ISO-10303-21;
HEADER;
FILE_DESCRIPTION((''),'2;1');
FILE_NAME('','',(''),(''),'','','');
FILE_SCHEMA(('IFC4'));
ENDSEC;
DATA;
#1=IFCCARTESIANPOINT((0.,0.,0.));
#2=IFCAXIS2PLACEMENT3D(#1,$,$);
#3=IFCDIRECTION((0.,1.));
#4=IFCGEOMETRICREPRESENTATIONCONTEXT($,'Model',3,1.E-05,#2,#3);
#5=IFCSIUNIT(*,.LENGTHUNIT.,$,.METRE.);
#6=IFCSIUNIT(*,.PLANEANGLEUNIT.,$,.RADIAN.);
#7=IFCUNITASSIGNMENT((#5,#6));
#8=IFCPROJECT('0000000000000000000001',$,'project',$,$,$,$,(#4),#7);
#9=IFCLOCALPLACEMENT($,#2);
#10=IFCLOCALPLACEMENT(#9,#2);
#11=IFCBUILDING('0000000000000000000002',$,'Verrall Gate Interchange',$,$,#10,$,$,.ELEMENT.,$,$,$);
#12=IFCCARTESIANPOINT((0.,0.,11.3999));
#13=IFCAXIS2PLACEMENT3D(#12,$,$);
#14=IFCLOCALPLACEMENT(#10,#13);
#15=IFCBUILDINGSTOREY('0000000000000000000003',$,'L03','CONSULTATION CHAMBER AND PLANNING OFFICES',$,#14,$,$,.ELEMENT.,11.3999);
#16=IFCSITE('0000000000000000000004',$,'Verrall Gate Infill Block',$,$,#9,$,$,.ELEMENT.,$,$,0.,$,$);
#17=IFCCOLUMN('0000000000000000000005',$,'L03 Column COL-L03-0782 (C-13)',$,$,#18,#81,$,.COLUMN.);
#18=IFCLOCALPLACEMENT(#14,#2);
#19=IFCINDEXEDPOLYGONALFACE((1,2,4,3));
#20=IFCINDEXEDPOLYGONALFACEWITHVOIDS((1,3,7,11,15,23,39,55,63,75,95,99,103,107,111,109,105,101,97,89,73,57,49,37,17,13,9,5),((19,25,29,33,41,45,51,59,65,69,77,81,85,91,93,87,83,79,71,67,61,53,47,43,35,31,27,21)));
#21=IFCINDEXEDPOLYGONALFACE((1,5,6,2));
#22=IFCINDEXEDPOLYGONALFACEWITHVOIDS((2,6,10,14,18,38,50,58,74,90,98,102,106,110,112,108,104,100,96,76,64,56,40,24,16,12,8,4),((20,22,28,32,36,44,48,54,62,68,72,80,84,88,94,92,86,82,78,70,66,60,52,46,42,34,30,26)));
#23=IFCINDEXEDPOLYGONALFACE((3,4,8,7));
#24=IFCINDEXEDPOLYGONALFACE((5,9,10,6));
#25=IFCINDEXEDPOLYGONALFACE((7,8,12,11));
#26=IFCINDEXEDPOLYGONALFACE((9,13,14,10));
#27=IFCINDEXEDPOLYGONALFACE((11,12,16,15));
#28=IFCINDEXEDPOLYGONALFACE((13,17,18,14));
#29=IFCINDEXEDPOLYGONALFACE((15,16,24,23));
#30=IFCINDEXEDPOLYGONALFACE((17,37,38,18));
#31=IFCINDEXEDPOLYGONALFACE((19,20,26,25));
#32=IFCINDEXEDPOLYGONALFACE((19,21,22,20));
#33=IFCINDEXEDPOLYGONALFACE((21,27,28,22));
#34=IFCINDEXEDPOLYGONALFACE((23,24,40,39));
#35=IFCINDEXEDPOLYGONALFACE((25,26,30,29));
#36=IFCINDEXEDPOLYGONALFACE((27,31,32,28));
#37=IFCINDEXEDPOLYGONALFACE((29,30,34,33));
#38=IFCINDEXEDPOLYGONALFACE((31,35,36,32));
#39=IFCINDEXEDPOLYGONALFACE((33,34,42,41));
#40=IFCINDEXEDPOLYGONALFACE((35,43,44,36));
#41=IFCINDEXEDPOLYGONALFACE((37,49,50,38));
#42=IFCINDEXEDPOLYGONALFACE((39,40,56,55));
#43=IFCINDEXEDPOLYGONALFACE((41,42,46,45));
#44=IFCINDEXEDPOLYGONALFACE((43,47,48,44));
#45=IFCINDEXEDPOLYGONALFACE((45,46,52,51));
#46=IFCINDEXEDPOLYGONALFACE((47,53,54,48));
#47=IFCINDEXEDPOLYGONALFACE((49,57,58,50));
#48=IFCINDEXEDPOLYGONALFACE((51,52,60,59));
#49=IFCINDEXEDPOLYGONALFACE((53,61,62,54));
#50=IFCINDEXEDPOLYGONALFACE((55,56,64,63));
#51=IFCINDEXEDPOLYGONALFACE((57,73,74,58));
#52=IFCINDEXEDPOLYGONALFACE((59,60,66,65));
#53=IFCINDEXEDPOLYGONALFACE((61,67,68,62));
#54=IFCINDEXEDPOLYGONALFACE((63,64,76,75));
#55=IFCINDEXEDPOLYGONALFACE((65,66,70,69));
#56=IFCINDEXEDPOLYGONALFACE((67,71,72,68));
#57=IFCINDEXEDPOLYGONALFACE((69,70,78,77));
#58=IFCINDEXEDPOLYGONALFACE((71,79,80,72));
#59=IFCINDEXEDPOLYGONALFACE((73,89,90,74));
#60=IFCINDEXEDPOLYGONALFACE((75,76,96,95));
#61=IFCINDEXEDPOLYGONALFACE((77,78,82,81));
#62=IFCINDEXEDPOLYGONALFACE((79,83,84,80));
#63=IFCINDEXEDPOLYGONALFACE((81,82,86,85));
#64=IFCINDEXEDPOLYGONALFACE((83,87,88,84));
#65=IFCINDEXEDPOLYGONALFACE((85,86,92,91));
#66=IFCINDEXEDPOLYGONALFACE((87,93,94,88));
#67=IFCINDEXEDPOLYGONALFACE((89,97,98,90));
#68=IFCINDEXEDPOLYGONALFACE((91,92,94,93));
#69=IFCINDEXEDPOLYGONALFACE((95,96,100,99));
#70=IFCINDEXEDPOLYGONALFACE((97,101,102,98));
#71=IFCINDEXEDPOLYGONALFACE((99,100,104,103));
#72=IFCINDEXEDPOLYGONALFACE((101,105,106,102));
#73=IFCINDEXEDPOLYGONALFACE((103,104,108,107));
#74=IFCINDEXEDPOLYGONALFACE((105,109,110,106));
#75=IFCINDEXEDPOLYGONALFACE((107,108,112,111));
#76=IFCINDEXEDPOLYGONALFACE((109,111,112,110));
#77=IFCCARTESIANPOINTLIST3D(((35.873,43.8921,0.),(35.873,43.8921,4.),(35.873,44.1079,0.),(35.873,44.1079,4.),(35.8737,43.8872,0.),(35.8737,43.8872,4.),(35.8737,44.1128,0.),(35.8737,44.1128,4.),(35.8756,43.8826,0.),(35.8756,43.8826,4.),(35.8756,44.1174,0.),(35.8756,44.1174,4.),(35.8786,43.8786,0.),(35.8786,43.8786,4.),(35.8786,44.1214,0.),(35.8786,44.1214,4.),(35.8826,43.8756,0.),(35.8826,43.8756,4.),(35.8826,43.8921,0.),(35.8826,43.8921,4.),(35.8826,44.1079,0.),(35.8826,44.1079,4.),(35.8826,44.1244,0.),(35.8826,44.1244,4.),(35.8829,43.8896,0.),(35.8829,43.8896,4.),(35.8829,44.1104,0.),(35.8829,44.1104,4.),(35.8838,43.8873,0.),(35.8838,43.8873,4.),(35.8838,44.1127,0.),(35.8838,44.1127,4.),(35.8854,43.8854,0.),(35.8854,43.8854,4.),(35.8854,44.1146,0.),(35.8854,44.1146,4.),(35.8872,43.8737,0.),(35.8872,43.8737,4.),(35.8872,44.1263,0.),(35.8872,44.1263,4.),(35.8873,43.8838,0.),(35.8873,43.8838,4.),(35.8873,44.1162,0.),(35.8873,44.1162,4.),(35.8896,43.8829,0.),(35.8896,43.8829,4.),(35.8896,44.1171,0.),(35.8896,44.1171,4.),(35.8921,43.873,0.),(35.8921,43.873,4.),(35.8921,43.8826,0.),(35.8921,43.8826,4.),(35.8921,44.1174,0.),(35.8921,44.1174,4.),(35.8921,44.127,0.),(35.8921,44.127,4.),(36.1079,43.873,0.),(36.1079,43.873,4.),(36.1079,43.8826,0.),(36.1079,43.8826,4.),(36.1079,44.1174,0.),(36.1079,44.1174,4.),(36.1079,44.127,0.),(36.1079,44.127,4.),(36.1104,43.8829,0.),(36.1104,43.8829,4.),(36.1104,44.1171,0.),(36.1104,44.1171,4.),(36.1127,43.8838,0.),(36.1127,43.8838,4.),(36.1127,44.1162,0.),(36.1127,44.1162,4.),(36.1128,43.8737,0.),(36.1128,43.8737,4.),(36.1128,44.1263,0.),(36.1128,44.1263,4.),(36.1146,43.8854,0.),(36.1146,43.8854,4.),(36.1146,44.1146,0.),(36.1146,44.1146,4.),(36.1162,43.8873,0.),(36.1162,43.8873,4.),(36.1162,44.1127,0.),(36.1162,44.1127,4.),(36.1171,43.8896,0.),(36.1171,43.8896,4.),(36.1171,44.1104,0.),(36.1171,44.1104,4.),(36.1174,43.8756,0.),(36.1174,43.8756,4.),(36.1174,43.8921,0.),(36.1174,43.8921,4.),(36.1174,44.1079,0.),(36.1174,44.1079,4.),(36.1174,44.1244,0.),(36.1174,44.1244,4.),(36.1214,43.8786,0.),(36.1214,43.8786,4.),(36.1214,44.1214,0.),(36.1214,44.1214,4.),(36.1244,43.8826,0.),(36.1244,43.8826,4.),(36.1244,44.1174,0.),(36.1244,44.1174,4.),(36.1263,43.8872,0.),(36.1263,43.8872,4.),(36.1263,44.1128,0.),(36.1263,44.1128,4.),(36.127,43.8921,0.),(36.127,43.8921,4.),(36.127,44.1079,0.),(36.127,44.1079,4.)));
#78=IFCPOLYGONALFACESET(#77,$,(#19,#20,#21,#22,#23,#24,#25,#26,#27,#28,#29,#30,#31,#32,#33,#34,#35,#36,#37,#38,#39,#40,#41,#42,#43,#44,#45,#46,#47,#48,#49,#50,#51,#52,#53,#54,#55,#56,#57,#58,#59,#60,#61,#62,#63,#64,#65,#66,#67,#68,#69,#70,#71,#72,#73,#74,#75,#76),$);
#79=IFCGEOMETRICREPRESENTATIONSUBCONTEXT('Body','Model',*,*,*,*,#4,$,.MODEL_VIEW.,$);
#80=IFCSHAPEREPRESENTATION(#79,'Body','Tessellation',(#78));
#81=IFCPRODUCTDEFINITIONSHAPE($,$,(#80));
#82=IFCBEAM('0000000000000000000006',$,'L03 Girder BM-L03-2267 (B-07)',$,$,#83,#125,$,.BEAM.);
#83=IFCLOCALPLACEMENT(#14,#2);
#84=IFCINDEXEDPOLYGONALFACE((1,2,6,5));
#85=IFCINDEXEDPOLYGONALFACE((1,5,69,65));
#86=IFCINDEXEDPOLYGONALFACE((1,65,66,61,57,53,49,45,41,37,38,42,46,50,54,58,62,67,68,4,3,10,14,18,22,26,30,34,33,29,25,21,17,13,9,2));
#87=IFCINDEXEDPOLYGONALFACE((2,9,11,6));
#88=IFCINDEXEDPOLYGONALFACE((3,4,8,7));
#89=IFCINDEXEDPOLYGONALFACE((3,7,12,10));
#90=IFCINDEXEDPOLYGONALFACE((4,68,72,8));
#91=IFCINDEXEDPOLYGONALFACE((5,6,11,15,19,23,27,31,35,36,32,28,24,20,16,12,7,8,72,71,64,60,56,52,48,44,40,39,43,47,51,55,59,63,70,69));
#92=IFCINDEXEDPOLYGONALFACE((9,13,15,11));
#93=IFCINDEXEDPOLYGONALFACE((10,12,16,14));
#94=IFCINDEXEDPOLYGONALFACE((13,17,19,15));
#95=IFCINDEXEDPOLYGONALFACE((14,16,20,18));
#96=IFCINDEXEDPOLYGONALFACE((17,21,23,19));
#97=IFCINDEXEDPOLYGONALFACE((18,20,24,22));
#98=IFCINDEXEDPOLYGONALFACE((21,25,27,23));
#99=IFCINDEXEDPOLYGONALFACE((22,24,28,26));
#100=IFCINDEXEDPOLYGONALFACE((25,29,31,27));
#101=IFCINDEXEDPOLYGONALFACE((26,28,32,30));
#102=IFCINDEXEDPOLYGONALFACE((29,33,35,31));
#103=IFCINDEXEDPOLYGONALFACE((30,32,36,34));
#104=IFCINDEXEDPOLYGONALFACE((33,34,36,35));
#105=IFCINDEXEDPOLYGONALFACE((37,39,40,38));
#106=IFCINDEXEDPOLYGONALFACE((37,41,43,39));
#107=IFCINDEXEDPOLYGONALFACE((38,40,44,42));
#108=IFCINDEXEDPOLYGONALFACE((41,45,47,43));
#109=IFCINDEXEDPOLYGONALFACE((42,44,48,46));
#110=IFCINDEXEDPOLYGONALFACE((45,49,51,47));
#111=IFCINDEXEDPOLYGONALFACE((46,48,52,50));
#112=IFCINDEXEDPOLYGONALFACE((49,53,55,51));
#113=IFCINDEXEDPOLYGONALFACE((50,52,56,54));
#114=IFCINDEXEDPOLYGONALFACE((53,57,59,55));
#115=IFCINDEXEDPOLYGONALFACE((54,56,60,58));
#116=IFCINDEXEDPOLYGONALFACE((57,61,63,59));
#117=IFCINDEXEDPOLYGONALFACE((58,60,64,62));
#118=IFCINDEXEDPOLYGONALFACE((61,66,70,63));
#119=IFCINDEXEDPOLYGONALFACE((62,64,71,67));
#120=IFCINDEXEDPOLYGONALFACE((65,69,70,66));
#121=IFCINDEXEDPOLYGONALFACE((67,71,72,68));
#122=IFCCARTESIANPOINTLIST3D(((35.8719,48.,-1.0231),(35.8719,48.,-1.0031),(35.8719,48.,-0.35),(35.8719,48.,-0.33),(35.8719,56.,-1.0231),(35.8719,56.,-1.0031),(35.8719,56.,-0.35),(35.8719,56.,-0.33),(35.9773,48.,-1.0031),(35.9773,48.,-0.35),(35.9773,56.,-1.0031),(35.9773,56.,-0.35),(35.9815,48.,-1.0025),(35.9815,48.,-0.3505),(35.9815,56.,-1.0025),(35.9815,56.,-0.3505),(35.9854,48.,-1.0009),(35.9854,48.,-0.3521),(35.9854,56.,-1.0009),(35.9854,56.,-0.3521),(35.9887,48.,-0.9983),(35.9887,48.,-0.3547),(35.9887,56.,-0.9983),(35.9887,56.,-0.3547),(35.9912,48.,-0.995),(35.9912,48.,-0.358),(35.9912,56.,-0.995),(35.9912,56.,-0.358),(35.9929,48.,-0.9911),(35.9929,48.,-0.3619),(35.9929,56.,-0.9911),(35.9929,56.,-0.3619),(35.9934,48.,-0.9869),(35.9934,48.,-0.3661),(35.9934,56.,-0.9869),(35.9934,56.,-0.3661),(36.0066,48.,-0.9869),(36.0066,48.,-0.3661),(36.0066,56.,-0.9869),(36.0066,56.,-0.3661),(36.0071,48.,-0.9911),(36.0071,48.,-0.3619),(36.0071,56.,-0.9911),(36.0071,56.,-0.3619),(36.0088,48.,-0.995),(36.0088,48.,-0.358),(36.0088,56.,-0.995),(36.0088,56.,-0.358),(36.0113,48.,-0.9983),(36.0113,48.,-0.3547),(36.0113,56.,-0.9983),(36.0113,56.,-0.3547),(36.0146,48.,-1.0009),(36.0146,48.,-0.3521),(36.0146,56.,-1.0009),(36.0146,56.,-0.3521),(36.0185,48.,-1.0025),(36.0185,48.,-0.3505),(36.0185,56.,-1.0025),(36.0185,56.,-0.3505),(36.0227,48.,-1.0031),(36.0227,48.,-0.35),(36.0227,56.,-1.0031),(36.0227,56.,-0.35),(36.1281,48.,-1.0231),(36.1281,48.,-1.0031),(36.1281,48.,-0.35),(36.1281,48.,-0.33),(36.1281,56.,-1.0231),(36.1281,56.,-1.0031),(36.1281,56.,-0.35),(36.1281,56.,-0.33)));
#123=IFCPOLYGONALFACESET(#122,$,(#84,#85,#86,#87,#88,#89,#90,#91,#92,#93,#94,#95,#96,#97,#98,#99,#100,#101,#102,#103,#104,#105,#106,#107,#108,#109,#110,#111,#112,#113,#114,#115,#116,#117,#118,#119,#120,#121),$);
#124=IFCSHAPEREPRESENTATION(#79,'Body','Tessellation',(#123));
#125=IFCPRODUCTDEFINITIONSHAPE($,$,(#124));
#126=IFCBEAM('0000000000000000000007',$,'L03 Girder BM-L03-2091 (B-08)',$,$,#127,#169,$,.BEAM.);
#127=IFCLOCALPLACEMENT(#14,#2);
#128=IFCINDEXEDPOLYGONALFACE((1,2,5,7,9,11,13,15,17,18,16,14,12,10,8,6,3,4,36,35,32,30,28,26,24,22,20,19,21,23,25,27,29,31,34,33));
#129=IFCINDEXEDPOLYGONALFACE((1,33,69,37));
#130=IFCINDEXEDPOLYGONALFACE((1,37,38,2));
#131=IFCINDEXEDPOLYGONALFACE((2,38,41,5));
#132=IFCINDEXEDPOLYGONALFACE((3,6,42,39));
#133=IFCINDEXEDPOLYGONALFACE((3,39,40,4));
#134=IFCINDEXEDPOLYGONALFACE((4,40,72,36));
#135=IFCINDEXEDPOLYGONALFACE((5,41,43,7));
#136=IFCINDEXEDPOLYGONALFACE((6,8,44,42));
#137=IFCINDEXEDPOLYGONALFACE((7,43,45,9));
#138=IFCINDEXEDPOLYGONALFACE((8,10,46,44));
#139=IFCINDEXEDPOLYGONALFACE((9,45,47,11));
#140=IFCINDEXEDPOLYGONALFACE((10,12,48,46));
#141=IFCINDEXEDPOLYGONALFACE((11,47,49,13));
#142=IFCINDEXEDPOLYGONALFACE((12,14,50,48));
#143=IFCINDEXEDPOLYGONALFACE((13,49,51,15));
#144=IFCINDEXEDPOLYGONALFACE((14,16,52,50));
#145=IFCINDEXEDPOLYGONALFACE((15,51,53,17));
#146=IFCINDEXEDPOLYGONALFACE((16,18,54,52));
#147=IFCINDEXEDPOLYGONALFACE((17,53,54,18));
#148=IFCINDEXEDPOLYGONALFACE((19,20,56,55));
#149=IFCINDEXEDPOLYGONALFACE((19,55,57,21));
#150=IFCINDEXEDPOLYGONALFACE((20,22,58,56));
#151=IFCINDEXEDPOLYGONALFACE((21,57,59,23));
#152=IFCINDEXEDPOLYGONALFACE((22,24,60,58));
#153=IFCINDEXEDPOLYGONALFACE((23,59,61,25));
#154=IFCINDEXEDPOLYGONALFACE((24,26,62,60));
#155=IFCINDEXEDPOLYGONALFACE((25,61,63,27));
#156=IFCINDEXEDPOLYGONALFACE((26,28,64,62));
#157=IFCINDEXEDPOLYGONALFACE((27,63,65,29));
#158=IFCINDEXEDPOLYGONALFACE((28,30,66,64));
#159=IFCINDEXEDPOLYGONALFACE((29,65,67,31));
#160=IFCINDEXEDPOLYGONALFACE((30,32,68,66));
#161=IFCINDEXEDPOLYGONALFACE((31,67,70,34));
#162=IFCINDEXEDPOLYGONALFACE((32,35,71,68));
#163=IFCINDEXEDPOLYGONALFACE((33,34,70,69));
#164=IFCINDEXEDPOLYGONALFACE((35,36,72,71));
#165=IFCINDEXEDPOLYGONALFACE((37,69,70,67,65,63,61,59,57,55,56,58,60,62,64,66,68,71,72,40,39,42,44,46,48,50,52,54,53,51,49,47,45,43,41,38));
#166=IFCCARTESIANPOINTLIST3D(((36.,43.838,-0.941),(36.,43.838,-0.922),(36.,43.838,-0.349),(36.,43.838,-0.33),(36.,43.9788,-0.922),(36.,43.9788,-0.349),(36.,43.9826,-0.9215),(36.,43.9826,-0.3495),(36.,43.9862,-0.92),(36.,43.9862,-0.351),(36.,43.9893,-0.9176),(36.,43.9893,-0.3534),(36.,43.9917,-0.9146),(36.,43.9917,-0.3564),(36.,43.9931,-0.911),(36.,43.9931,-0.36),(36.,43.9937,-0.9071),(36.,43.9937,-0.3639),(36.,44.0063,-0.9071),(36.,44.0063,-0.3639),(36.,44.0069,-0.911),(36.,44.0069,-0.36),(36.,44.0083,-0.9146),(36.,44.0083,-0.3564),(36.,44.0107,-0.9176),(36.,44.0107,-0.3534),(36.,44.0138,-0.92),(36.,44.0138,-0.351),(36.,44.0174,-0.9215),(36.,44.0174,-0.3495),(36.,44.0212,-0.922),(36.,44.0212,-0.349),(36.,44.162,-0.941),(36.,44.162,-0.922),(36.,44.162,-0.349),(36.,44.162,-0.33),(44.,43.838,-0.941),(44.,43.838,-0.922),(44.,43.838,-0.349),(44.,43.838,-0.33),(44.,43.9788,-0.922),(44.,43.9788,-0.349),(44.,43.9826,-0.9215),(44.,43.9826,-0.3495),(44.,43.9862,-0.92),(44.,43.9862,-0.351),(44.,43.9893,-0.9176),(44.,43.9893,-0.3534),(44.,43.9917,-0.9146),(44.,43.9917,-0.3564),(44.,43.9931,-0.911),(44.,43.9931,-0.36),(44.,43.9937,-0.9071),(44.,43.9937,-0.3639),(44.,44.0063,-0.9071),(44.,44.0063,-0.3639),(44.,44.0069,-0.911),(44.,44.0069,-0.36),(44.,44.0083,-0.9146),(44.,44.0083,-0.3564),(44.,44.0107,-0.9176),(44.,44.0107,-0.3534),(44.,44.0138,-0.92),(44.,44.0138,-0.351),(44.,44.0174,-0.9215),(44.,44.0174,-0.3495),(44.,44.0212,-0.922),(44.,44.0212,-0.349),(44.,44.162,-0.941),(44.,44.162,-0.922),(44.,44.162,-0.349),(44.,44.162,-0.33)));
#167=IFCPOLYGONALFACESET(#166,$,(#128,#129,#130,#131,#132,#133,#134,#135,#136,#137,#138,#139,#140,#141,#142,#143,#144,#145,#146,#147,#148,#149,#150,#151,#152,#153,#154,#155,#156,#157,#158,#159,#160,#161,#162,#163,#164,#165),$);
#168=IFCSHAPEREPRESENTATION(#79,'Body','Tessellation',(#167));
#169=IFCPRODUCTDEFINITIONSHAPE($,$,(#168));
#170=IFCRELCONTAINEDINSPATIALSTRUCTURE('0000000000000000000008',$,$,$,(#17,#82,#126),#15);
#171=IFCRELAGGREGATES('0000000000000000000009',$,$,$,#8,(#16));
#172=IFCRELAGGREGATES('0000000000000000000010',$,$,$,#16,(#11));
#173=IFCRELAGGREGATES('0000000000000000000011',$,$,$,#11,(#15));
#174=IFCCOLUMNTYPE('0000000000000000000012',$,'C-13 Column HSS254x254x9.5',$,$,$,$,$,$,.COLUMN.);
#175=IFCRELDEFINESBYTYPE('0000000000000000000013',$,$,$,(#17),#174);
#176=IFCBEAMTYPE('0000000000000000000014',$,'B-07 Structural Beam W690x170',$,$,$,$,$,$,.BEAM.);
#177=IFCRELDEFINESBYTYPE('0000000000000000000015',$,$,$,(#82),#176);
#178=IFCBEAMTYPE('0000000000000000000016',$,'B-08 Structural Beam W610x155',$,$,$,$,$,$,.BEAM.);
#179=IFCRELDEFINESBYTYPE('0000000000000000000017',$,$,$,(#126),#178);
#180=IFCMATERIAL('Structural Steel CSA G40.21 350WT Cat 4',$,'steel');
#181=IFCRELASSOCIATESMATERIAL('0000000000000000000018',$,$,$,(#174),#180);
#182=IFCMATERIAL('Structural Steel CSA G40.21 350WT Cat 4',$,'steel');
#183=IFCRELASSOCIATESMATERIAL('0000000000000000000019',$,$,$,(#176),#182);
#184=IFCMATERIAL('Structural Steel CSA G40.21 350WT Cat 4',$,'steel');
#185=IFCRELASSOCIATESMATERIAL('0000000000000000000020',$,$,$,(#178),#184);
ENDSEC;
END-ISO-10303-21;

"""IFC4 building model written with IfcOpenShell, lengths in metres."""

from ifc_helpers import new_model, si_unit, direction, frame, origin, origin_2d, place, context, subcontext, project, spatial, hollow_rectangle, i_section, extrude, material, material_profile, profile_set, type_object, element, save


model = new_model("IFC4")

# Units and contexts
model_context = context("Model", 3, precision=1e-05, world=origin(), true_north=direction((0.0, 1.0)))
body_context = subcontext(model_context, "Body", "Model", "MODEL_VIEW")
ifc_project = project(units=[si_unit("LENGTHUNIT", "METRE"), si_unit("PLANEANGLEUNIT", "RADIAN")], contexts=[model_context])

# Site, building, storey
site_placement = place(None, origin())
site = spatial("IfcSite", under=ifc_project, at=site_placement, Name="Verrall Gate Infill Block", CompositionType="ELEMENT", RefElevation=0.0)
building_placement = place(site_placement, origin())
building = spatial("IfcBuilding", under=site, at=building_placement, Name="Verrall Gate Interchange", CompositionType="ELEMENT")
storey_placement = place(building_placement, frame((0.0, 0.0, 11.3999)))
storey = spatial("IfcBuildingStorey", under=building, at=storey_placement, Name="L03", Description="CONSULTATION CHAMBER AND PLANNING OFFICES", CompositionType="ELEMENT", Elevation=11.3999)

# Column
ifc_material_1 = material(Name="Structural Steel CSA G40.21 350WT Cat 4", Category="steel")
ifc_material_profile_1 = material_profile(ifc_material_1, hollow_rectangle(XDim=0.2539, YDim=0.2539, WallThickness=0.0095, InnerFilletRadius=0.0095, OuterFilletRadius=0.019, at=origin_2d()), Name="HSS254x254x9.5")
ifc_profile_set_1 = profile_set([ifc_material_profile_1], Name="Structural Steel CSA G40.21 350WT Cat 4")
column_type_1 = type_object("IfcColumnType", Name="C-13 Column HSS254x254x9.5", PredefinedType="COLUMN", material=ifc_profile_set_1)
for number, where, z_axis, x_axis, name in (
    (1, (36.0, 44.0, 0.0), (0.0, 0.0, 1.0), (1.0, 0.0, 0.0), "L03 Column COL-L03-0782 (C-13)"),
):
    element("IfcColumn", number, at=place(storey_placement, frame(where, z_axis=z_axis, x_axis=x_axis)), inside=storey, type_object=column_type_1, Name=name, PredefinedType="COLUMN", context=body_context, shape_type="SweptSolid", body=[
        extrude(hollow_rectangle(XDim=0.2539, YDim=0.2539, WallThickness=0.0095, InnerFilletRadius=0.0095, OuterFilletRadius=0.019, at=origin_2d()), origin(), (0.0, 0.0, 1.0), 4.0),
    ])

# Beams
ifc_material_2 = material(Name="Structural Steel CSA G40.21 350WT Cat 4", Category="steel")
ifc_material_profile_2 = material_profile(ifc_material_2, i_section(OverallWidth=0.2561, OverallDepth=0.6931, WebThickness=0.0132, FlangeThickness=0.02, FilletRadius=0.0161, at=origin_2d()), Name="W690x170")
ifc_profile_set_2 = profile_set([ifc_material_profile_2], Name="Structural Steel CSA G40.21 350WT Cat 4")
beam_type_1 = type_object("IfcBeamType", Name="B-07 Structural Beam W690x170", PredefinedType="BEAM", material=ifc_profile_set_2)
beam_1_placement = place(storey_placement, frame((36.0, 48.0, -0.6765), z_axis=(0.0, 1.0, 0.0), x_axis=(-1.0, 0.0, 0.0)))
element("IfcBeam", 2, at=beam_1_placement, inside=storey, type_object=beam_type_1, Name="L03 Girder BM-L03-2267 (B-07)", PredefinedType="BEAM", context=body_context, shape_type="SweptSolid", body=[
    extrude(i_section(OverallWidth=0.2561, OverallDepth=0.6931, WebThickness=0.0132, FlangeThickness=0.02, FilletRadius=0.0161, at=origin_2d()), origin(), (0.0, 0.0, 1.0), 8.0),
])
ifc_material_3 = material(Name="Structural Steel CSA G40.21 350WT Cat 4", Category="steel")
ifc_material_profile_3 = material_profile(ifc_material_3, i_section(OverallWidth=0.324, OverallDepth=0.6111, WebThickness=0.0127, FlangeThickness=0.019, FilletRadius=0.0149, at=origin_2d()), Name="W610x155")
ifc_profile_set_3 = profile_set([ifc_material_profile_3], Name="Structural Steel CSA G40.21 350WT Cat 4")
beam_type_2 = type_object("IfcBeamType", Name="B-08 Structural Beam W610x155", PredefinedType="BEAM", material=ifc_profile_set_3)
for number, where, z_axis, x_axis, name in (
    (3, (36.0, 44.0, -0.6355), (1.0, 0.0, 0.0), (0.0, 1.0, 0.0), "L03 Girder BM-L03-2091 (B-08)"),
):
    element("IfcBeam", number, at=place(storey_placement, frame(where, z_axis=z_axis, x_axis=x_axis)), inside=storey, type_object=beam_type_2, Name=name, PredefinedType="BEAM", context=body_context, shape_type="SweptSolid", body=[
        extrude(i_section(OverallWidth=0.324, OverallDepth=0.6111, WebThickness=0.0127, FlangeThickness=0.019, FilletRadius=0.0149, at=origin_2d()), origin(), (0.0, 0.0, 1.0), 8.0),
    ])

save(model, "model.ifc")
